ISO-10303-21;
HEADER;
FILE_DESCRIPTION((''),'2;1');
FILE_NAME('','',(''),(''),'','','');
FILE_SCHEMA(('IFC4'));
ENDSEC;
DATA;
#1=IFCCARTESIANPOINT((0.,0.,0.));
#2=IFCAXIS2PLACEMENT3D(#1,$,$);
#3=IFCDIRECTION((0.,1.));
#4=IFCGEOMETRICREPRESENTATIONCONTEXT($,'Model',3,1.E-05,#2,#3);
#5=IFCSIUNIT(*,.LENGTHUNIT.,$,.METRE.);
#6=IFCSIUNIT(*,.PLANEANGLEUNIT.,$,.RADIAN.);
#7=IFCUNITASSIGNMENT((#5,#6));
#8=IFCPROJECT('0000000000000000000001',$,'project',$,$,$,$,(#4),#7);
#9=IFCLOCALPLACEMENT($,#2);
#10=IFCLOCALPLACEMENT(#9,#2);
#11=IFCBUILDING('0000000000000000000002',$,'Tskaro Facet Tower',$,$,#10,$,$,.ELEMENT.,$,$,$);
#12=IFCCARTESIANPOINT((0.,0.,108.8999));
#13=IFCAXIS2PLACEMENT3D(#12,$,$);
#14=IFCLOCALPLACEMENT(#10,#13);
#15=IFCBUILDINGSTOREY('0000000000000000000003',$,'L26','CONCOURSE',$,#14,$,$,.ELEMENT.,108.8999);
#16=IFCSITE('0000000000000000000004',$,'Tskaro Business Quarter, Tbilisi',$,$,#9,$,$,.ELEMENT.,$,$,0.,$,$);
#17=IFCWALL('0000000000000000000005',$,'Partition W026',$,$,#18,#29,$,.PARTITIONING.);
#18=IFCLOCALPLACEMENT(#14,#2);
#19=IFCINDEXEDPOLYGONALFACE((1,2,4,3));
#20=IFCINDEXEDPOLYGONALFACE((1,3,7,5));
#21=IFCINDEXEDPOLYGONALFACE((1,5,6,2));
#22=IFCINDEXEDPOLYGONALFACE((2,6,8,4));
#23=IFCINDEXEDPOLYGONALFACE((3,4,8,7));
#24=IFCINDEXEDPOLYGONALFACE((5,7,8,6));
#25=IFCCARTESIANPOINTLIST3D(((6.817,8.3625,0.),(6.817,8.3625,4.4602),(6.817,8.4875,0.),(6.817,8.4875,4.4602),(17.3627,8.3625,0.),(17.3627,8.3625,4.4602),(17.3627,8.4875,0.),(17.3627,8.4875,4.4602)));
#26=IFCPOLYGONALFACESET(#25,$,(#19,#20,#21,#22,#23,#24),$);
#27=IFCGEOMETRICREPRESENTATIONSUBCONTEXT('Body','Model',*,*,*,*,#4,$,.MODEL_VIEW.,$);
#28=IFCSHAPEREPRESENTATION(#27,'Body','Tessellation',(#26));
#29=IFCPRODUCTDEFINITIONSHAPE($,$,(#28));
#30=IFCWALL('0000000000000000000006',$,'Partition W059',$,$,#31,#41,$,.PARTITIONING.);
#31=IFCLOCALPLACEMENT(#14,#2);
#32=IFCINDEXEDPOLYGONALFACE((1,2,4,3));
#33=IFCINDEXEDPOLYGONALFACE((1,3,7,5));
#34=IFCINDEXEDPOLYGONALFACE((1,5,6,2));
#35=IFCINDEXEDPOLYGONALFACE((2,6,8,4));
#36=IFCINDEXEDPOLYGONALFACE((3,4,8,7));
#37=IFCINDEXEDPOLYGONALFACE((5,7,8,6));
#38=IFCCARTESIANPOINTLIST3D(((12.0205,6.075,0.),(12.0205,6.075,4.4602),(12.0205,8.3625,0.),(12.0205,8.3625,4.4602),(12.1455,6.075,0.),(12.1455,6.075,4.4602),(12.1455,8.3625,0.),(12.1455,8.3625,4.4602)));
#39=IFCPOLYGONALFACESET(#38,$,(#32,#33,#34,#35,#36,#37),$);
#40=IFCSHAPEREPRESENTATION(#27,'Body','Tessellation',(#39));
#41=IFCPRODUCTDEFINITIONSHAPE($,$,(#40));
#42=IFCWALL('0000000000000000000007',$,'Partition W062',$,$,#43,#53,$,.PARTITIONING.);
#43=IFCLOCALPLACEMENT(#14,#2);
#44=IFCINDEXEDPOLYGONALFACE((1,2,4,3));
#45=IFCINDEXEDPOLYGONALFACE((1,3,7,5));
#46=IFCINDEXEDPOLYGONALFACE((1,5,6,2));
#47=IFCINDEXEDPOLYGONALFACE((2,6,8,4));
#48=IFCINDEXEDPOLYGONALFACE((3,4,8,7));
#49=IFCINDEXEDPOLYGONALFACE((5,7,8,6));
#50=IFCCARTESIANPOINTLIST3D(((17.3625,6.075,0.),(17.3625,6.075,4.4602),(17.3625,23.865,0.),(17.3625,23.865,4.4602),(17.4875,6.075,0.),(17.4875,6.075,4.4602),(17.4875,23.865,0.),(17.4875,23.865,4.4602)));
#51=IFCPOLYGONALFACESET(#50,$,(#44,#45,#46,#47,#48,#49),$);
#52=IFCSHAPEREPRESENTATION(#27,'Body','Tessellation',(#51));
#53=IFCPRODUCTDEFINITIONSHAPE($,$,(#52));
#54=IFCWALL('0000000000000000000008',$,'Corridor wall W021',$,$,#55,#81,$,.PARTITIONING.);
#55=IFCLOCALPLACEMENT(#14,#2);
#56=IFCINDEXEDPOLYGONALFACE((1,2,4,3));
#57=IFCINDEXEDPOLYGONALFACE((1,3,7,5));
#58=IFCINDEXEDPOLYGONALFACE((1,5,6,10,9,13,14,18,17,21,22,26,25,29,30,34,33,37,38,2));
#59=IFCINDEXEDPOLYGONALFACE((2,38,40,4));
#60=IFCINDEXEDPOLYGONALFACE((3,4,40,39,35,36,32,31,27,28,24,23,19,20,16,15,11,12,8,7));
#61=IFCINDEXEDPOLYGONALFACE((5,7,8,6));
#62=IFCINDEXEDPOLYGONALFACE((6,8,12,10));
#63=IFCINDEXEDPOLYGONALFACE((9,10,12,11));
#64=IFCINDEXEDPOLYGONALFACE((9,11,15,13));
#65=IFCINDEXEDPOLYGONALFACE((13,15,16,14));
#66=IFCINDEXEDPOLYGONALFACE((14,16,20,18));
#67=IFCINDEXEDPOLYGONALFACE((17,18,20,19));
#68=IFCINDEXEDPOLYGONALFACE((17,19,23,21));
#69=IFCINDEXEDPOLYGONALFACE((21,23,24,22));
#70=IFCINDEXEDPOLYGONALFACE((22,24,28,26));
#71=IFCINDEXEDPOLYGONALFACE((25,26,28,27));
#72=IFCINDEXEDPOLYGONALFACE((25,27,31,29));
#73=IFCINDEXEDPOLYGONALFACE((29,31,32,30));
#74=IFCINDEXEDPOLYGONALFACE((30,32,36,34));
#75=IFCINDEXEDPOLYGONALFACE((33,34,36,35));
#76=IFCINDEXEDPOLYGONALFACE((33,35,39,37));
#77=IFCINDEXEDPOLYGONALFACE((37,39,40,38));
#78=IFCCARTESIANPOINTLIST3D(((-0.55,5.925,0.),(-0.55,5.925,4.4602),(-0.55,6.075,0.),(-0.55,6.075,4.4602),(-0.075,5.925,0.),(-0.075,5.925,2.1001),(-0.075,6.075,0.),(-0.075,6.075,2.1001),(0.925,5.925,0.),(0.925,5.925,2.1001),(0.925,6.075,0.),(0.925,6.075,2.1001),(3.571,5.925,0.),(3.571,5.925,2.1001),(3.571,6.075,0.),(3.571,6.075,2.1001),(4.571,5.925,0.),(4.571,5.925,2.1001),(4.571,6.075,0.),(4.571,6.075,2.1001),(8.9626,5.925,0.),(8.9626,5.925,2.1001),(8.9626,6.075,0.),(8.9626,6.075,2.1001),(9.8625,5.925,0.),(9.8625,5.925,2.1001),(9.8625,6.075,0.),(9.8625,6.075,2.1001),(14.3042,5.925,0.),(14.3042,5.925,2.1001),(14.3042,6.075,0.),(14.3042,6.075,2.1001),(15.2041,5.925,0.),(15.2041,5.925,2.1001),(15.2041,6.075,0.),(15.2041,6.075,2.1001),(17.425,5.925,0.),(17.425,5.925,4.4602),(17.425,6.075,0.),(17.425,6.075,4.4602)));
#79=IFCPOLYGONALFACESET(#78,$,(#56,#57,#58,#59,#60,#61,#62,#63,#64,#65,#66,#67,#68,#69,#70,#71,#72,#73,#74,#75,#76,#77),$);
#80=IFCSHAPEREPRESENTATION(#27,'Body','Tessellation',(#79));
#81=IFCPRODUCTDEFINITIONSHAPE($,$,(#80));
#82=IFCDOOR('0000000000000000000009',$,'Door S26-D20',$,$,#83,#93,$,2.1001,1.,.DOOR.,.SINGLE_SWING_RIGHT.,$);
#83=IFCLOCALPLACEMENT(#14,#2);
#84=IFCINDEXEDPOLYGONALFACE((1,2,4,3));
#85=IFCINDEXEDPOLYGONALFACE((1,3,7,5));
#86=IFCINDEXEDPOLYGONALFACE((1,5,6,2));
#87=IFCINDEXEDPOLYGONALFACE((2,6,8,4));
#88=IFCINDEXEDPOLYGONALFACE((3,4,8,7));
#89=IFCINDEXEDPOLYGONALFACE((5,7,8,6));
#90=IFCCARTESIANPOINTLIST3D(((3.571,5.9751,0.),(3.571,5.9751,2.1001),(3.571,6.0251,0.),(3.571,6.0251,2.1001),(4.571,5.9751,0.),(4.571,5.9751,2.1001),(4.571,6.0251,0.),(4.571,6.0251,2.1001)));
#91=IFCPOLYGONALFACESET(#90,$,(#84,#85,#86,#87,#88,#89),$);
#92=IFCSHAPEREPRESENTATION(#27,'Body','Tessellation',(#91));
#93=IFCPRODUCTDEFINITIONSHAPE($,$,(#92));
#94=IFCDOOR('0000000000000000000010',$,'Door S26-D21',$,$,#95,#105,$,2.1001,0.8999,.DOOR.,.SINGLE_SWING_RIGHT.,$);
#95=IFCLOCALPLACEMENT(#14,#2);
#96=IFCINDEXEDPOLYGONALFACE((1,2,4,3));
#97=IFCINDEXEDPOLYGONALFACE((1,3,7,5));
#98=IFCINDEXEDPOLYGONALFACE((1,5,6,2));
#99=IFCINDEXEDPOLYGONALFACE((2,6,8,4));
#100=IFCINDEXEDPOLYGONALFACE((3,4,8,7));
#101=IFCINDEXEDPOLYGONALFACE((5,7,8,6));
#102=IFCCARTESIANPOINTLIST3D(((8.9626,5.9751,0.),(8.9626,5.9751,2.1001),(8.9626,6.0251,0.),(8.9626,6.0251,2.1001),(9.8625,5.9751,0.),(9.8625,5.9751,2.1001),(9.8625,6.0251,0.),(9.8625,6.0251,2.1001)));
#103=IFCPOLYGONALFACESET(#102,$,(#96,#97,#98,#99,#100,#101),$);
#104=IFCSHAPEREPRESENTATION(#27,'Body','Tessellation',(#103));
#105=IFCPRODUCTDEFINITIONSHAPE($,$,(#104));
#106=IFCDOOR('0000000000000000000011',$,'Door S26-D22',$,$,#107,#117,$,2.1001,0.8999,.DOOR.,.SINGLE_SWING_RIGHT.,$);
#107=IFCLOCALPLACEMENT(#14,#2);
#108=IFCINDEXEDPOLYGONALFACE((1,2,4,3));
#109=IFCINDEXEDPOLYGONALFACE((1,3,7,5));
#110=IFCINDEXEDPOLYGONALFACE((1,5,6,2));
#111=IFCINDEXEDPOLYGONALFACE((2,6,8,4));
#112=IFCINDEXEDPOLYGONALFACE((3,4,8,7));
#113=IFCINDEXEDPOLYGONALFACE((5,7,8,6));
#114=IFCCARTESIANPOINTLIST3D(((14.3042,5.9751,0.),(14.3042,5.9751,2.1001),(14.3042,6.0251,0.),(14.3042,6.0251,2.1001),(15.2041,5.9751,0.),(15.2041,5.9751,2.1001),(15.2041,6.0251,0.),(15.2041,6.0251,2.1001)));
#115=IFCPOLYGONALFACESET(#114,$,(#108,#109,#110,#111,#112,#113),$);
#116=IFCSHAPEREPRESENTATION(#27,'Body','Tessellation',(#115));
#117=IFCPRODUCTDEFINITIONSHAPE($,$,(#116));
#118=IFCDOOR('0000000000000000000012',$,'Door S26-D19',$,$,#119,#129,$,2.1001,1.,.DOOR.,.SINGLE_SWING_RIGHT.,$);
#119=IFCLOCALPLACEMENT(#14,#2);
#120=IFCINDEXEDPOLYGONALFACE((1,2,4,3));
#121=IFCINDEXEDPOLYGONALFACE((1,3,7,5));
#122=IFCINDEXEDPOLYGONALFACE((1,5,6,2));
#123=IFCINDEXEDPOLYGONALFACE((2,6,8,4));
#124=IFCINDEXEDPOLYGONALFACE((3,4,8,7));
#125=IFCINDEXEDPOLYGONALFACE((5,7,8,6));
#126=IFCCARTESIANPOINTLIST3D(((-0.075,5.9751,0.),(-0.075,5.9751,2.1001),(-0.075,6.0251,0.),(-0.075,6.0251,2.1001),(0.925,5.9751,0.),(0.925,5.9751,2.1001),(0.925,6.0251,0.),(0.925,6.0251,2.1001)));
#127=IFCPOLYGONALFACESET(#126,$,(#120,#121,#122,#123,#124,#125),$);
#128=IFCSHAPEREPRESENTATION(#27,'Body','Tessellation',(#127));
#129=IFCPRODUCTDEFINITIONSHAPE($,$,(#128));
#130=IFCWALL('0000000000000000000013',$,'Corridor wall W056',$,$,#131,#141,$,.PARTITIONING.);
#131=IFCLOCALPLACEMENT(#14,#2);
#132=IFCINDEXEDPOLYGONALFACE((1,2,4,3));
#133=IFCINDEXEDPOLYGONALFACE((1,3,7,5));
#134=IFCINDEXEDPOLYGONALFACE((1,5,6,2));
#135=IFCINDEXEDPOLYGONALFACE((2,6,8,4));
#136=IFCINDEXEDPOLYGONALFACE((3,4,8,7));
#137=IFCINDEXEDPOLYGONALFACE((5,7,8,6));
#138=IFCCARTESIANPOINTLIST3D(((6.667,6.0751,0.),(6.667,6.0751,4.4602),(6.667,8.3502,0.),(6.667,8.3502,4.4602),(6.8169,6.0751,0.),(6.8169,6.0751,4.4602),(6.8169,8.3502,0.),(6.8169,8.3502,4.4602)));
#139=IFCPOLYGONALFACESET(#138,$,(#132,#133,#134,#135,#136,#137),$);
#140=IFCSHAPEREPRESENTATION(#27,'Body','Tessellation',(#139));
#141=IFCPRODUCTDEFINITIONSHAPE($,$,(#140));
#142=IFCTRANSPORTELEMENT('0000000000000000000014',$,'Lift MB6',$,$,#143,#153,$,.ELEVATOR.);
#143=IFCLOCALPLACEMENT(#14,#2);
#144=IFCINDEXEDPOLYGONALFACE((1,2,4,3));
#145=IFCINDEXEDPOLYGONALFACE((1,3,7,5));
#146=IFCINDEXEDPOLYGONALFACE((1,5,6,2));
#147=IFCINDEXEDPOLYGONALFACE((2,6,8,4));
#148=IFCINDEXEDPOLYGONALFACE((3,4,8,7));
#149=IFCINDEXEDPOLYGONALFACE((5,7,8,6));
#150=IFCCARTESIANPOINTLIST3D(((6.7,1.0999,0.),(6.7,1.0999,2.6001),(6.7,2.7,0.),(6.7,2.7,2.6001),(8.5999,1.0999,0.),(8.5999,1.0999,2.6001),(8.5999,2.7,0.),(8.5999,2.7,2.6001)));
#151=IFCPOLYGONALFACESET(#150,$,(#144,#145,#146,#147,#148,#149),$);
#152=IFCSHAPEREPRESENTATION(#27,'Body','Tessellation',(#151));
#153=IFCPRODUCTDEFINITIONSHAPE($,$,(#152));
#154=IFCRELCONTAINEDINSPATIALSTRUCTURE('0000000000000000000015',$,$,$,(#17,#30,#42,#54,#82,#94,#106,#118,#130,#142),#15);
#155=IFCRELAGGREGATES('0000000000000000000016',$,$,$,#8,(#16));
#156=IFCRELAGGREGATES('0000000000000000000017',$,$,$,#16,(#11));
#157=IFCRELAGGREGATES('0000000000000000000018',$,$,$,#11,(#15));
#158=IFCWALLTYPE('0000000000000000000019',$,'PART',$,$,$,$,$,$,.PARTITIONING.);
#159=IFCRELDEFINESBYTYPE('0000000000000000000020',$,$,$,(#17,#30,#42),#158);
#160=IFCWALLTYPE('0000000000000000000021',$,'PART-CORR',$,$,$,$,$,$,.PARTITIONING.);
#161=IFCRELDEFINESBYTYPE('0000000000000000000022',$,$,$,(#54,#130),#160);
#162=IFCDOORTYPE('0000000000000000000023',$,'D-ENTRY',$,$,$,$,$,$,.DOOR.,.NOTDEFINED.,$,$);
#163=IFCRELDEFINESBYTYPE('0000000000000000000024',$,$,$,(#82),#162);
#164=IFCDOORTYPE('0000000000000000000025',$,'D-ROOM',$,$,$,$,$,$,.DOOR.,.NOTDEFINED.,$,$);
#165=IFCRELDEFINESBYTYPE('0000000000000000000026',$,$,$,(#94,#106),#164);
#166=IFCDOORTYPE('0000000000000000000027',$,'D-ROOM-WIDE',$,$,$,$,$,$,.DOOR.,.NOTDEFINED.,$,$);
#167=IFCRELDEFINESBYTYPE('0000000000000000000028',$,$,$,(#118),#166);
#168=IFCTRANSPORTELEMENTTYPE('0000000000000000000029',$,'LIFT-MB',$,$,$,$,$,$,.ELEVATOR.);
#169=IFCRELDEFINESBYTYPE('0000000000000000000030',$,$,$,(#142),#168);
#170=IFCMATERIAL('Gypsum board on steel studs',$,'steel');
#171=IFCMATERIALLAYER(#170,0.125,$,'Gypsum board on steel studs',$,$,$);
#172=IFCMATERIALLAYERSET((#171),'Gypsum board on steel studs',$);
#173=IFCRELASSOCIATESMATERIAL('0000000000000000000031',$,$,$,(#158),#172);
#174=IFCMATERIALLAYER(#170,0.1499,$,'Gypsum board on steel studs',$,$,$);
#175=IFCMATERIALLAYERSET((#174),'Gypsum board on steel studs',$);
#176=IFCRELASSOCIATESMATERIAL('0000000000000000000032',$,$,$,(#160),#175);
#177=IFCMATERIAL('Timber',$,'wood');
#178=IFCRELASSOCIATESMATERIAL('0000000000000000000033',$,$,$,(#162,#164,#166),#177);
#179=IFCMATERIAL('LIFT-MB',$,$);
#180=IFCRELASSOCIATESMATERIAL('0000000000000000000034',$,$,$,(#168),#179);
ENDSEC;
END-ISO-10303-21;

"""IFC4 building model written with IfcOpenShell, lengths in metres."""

from ifc_helpers import new_model, si_unit, direction, frame, frame_2d, origin, origin_2d, place, context, subcontext, project, spatial, rectangle, extrude, material, layer, layer_set, type_object, element, fill, save


model = new_model("IFC4")

# Units and contexts
model_context = context("Model", 3, precision=1e-05, world=origin(), true_north=direction((0.0, 1.0)))
body_context = subcontext(model_context, "Body", "Model", "MODEL_VIEW")
ifc_project = project(units=[si_unit("LENGTHUNIT", "METRE"), si_unit("PLANEANGLEUNIT", "RADIAN")], contexts=[model_context])

# Site, building, storey
site_placement = place(None, origin())
site = spatial("IfcSite", under=ifc_project, at=site_placement, Name="Tskaro Business Quarter, Tbilisi", CompositionType="ELEMENT", RefElevation=0.0)
building_placement = place(site_placement, origin())
building = spatial("IfcBuilding", under=site, at=building_placement, Name="Tskaro Facet Tower", CompositionType="ELEMENT")
storey_placement = place(building_placement, frame((0.0, 0.0, 108.8999)))
storey = spatial("IfcBuildingStorey", under=building, at=storey_placement, Name="L26", Description="CONCOURSE", CompositionType="ELEMENT", Elevation=108.8999)

# Walls
ifc_material_1 = material(Name="Gypsum board on steel studs", Category="steel")
ifc_layer_1 = layer(ifc_material_1, 0.125, Name="Gypsum board on steel studs")
ifc_layer_set_1 = layer_set([ifc_layer_1], Name="Gypsum board on steel studs")
wall_type_1 = type_object("IfcWallType", Name="PART", PredefinedType="PARTITIONING", material=ifc_layer_set_1)
wall_1_placement = place(storey_placement, frame((6.8169, 8.425, 0.0), z_axis=(0.0, 0.0, 1.0), x_axis=(1.0, 0.0, 0.0)))
element("IfcWall", 1, at=wall_1_placement, inside=storey, type_object=wall_type_1, Name="Partition W026", PredefinedType="PARTITIONING", context=body_context, shape_type="SweptSolid", body=[
    extrude(rectangle(XDim=10.5457, YDim=0.125, at=frame_2d((5.2729, 0.0))), origin(), (0.0, 0.0, 1.0), 4.4602),
])
wall_2_placement = place(storey_placement, frame((12.083, 6.075, 0.0), z_axis=(0.0, 0.0, 1.0), x_axis=(0.0, 1.0, 0.0)))
element("IfcWall", 2, at=wall_2_placement, inside=storey, type_object=wall_type_1, Name="Partition W059", PredefinedType="PARTITIONING", context=body_context, shape_type="SweptSolid", body=[
    extrude(rectangle(XDim=2.2876, YDim=0.125, at=frame_2d((1.1438, 0.0))), origin(), (0.0, 0.0, 1.0), 4.4602),
])
wall_3_placement = place(storey_placement, frame((17.425, 6.075, 0.0), z_axis=(0.0, 0.0, 1.0), x_axis=(0.0, 1.0, 0.0)))
element("IfcWall", 3, at=wall_3_placement, inside=storey, type_object=wall_type_1, Name="Partition W062", PredefinedType="PARTITIONING", context=body_context, shape_type="SweptSolid", body=[
    extrude(rectangle(XDim=17.79, YDim=0.125, at=frame_2d((8.895, 0.0))), origin(), (0.0, 0.0, 1.0), 4.4602),
])

# Wall, openings, doors
ifc_layer_2 = layer(ifc_material_1, 0.1499, Name="Gypsum board on steel studs")
ifc_layer_set_2 = layer_set([ifc_layer_2], Name="Gypsum board on steel studs")
wall_type_2 = type_object("IfcWallType", Name="PART-CORR", PredefinedType="PARTITIONING", material=ifc_layer_set_2)
wall_4_placement = place(storey_placement, frame((17.425, 6.0, 0.0), z_axis=(0.0, 0.0, 1.0), x_axis=(-1.0, 0.0, 0.0)))
wall_4 = element("IfcWall", 4, at=wall_4_placement, inside=storey, type_object=wall_type_2, Name="Corridor wall W021", PredefinedType="PARTITIONING", context=body_context, shape_type="SweptSolid", body=[
    extrude(rectangle(XDim=17.9751, YDim=0.1499, at=frame_2d((8.9875, 0.0))), origin(), (0.0, 0.0, 1.0), 4.4602),
])
opening_1_placement = place(wall_4_placement, frame((12.854, 0.0, 0.0)))
opening_1 = element("IfcOpeningElement", 5, at=opening_1_placement, cuts=wall_4, PredefinedType="OPENING", context=body_context, shape_type="SweptSolid", body=[
    extrude(rectangle(XDim=1.0, YDim=2.1001, at=frame_2d((0.5, 1.05))), frame((0.0, 0.085, 0.0), z_axis=(0.0, -1.0, 0.0), x_axis=(1.0, 0.0, 0.0)), (0.0, 0.0, 1.0), 0.1699),
])
opening_2_placement = place(wall_4_placement, frame((16.5, 0.0, 0.0)))
opening_2 = element("IfcOpeningElement", 6, at=opening_2_placement, cuts=wall_4, PredefinedType="OPENING", context=body_context, shape_type="SweptSolid", body=[
    extrude(rectangle(XDim=1.0, YDim=2.1001, at=frame_2d((0.5, 1.05))), frame((0.0, 0.085, 0.0), z_axis=(0.0, -1.0, 0.0), x_axis=(1.0, 0.0, 0.0)), (0.0, 0.0, 1.0), 0.1699),
])
opening_3_placement = place(wall_4_placement, frame((7.5625, 0.0, 0.0)))
opening_3 = element("IfcOpeningElement", 7, at=opening_3_placement, cuts=wall_4, PredefinedType="OPENING", context=body_context, shape_type="SweptSolid", body=[
    extrude(rectangle(XDim=0.8999, YDim=2.1001, at=frame_2d((0.45, 1.05))), frame((0.0, 0.085, 0.0), z_axis=(0.0, -1.0, 0.0), x_axis=(1.0, 0.0, 0.0)), (0.0, 0.0, 1.0), 0.1699),
])
opening_4_placement = place(wall_4_placement, frame((2.2209, 0.0, 0.0)))
opening_4 = element("IfcOpeningElement", 8, at=opening_4_placement, cuts=wall_4, PredefinedType="OPENING", context=body_context, shape_type="SweptSolid", body=[
    extrude(rectangle(XDim=0.8999, YDim=2.1001, at=frame_2d((0.45, 1.05))), frame((0.0, 0.085, 0.0), z_axis=(0.0, -1.0, 0.0), x_axis=(1.0, 0.0, 0.0)), (0.0, 0.0, 1.0), 0.1699),
])
ifc_material_2 = material(Name="Timber", Category="wood")
door_type_1 = type_object("IfcDoorType", Name="D-ENTRY", OperationType="NOTDEFINED", PredefinedType="DOOR", material=ifc_material_2)
door_1_placement = place(opening_1_placement, origin())
door_1 = element("IfcDoor", 9, at=door_1_placement, inside=storey, type_object=door_type_1, Name="Door S26-D20", OperationType="SINGLE_SWING_RIGHT", OverallHeight=2.1001, OverallWidth=1.0, PredefinedType="DOOR", context=body_context, shape_type="SweptSolid", body=[
    extrude(rectangle(XDim=1.0, YDim=2.1001, at=frame_2d((0.5, 1.05))), frame((0.0, 0.0249, 0.0), z_axis=(0.0, -1.0, 0.0), x_axis=(1.0, 0.0, 0.0)), (0.0, 0.0, 1.0), 0.05),
])
fill(opening_1, door_1)
door_type_2 = type_object("IfcDoorType", Name="D-ROOM", OperationType="NOTDEFINED", PredefinedType="DOOR", material=ifc_material_2)
door_2_placement = place(opening_3_placement, origin())
door_2 = element("IfcDoor", 10, at=door_2_placement, inside=storey, type_object=door_type_2, Name="Door S26-D21", OperationType="SINGLE_SWING_RIGHT", OverallHeight=2.1001, OverallWidth=0.8999, PredefinedType="DOOR", context=body_context, shape_type="SweptSolid", body=[
    extrude(rectangle(XDim=0.8999, YDim=2.1001, at=frame_2d((0.45, 1.05))), frame((0.0, 0.0249, 0.0), z_axis=(0.0, -1.0, 0.0), x_axis=(1.0, 0.0, 0.0)), (0.0, 0.0, 1.0), 0.05),
])
fill(opening_3, door_2)
door_3_placement = place(opening_4_placement, origin())
door_3 = element("IfcDoor", 11, at=door_3_placement, inside=storey, type_object=door_type_2, Name="Door S26-D22", OperationType="SINGLE_SWING_RIGHT", OverallHeight=2.1001, OverallWidth=0.8999, PredefinedType="DOOR", context=body_context, shape_type="SweptSolid", body=[
    extrude(rectangle(XDim=0.8999, YDim=2.1001, at=frame_2d((0.45, 1.05))), frame((0.0, 0.0249, 0.0), z_axis=(0.0, -1.0, 0.0), x_axis=(1.0, 0.0, 0.0)), (0.0, 0.0, 1.0), 0.05),
])
fill(opening_4, door_3)
door_type_3 = type_object("IfcDoorType", Name="D-ROOM-WIDE", OperationType="NOTDEFINED", PredefinedType="DOOR", material=ifc_material_2)
door_4_placement = place(opening_2_placement, origin())
door_4 = element("IfcDoor", 12, at=door_4_placement, inside=storey, type_object=door_type_3, Name="Door S26-D19", OperationType="SINGLE_SWING_RIGHT", OverallHeight=2.1001, OverallWidth=1.0, PredefinedType="DOOR", context=body_context, shape_type="SweptSolid", body=[
    extrude(rectangle(XDim=1.0, YDim=2.1001, at=frame_2d((0.5, 1.05))), frame((0.0, 0.0249, 0.0), z_axis=(0.0, -1.0, 0.0), x_axis=(1.0, 0.0, 0.0)), (0.0, 0.0, 1.0), 0.05),
])
fill(opening_2, door_4)

# Wall
wall_5_placement = place(storey_placement, frame((6.7419, 6.075, 0.0), z_axis=(0.0, 0.0, 1.0), x_axis=(0.0, 1.0, 0.0)))
element("IfcWall", 13, at=wall_5_placement, inside=storey, type_object=wall_type_2, Name="Corridor wall W056", PredefinedType="PARTITIONING", context=body_context, shape_type="SweptSolid", body=[
    extrude(rectangle(XDim=2.2751, YDim=0.1499, at=frame_2d((1.1377, 0.0))), origin(), (0.0, 0.0, 1.0), 4.4602),
])

# Transport element
ifc_material_3 = material(Name="LIFT-MB")
transport_element_type = type_object("IfcTransportElementType", Name="LIFT-MB", PredefinedType="ELEVATOR", material=ifc_material_3)
transport_element_placement = place(storey_placement, frame((7.6499, 1.8999, 0.0), z_axis=(0.0, 0.0, 1.0), x_axis=(1.0, 0.0, 0.0)))
element("IfcTransportElement", 14, at=transport_element_placement, inside=storey, type_object=transport_element_type, Name="Lift MB6", PredefinedType="ELEVATOR", context=body_context, shape_type="SweptSolid", body=[
    extrude(rectangle(XDim=1.8999, YDim=1.6001, at=origin_2d()), origin(), (0.0, 0.0, 1.0), 2.6001),
])

save(model, "model.ifc")
